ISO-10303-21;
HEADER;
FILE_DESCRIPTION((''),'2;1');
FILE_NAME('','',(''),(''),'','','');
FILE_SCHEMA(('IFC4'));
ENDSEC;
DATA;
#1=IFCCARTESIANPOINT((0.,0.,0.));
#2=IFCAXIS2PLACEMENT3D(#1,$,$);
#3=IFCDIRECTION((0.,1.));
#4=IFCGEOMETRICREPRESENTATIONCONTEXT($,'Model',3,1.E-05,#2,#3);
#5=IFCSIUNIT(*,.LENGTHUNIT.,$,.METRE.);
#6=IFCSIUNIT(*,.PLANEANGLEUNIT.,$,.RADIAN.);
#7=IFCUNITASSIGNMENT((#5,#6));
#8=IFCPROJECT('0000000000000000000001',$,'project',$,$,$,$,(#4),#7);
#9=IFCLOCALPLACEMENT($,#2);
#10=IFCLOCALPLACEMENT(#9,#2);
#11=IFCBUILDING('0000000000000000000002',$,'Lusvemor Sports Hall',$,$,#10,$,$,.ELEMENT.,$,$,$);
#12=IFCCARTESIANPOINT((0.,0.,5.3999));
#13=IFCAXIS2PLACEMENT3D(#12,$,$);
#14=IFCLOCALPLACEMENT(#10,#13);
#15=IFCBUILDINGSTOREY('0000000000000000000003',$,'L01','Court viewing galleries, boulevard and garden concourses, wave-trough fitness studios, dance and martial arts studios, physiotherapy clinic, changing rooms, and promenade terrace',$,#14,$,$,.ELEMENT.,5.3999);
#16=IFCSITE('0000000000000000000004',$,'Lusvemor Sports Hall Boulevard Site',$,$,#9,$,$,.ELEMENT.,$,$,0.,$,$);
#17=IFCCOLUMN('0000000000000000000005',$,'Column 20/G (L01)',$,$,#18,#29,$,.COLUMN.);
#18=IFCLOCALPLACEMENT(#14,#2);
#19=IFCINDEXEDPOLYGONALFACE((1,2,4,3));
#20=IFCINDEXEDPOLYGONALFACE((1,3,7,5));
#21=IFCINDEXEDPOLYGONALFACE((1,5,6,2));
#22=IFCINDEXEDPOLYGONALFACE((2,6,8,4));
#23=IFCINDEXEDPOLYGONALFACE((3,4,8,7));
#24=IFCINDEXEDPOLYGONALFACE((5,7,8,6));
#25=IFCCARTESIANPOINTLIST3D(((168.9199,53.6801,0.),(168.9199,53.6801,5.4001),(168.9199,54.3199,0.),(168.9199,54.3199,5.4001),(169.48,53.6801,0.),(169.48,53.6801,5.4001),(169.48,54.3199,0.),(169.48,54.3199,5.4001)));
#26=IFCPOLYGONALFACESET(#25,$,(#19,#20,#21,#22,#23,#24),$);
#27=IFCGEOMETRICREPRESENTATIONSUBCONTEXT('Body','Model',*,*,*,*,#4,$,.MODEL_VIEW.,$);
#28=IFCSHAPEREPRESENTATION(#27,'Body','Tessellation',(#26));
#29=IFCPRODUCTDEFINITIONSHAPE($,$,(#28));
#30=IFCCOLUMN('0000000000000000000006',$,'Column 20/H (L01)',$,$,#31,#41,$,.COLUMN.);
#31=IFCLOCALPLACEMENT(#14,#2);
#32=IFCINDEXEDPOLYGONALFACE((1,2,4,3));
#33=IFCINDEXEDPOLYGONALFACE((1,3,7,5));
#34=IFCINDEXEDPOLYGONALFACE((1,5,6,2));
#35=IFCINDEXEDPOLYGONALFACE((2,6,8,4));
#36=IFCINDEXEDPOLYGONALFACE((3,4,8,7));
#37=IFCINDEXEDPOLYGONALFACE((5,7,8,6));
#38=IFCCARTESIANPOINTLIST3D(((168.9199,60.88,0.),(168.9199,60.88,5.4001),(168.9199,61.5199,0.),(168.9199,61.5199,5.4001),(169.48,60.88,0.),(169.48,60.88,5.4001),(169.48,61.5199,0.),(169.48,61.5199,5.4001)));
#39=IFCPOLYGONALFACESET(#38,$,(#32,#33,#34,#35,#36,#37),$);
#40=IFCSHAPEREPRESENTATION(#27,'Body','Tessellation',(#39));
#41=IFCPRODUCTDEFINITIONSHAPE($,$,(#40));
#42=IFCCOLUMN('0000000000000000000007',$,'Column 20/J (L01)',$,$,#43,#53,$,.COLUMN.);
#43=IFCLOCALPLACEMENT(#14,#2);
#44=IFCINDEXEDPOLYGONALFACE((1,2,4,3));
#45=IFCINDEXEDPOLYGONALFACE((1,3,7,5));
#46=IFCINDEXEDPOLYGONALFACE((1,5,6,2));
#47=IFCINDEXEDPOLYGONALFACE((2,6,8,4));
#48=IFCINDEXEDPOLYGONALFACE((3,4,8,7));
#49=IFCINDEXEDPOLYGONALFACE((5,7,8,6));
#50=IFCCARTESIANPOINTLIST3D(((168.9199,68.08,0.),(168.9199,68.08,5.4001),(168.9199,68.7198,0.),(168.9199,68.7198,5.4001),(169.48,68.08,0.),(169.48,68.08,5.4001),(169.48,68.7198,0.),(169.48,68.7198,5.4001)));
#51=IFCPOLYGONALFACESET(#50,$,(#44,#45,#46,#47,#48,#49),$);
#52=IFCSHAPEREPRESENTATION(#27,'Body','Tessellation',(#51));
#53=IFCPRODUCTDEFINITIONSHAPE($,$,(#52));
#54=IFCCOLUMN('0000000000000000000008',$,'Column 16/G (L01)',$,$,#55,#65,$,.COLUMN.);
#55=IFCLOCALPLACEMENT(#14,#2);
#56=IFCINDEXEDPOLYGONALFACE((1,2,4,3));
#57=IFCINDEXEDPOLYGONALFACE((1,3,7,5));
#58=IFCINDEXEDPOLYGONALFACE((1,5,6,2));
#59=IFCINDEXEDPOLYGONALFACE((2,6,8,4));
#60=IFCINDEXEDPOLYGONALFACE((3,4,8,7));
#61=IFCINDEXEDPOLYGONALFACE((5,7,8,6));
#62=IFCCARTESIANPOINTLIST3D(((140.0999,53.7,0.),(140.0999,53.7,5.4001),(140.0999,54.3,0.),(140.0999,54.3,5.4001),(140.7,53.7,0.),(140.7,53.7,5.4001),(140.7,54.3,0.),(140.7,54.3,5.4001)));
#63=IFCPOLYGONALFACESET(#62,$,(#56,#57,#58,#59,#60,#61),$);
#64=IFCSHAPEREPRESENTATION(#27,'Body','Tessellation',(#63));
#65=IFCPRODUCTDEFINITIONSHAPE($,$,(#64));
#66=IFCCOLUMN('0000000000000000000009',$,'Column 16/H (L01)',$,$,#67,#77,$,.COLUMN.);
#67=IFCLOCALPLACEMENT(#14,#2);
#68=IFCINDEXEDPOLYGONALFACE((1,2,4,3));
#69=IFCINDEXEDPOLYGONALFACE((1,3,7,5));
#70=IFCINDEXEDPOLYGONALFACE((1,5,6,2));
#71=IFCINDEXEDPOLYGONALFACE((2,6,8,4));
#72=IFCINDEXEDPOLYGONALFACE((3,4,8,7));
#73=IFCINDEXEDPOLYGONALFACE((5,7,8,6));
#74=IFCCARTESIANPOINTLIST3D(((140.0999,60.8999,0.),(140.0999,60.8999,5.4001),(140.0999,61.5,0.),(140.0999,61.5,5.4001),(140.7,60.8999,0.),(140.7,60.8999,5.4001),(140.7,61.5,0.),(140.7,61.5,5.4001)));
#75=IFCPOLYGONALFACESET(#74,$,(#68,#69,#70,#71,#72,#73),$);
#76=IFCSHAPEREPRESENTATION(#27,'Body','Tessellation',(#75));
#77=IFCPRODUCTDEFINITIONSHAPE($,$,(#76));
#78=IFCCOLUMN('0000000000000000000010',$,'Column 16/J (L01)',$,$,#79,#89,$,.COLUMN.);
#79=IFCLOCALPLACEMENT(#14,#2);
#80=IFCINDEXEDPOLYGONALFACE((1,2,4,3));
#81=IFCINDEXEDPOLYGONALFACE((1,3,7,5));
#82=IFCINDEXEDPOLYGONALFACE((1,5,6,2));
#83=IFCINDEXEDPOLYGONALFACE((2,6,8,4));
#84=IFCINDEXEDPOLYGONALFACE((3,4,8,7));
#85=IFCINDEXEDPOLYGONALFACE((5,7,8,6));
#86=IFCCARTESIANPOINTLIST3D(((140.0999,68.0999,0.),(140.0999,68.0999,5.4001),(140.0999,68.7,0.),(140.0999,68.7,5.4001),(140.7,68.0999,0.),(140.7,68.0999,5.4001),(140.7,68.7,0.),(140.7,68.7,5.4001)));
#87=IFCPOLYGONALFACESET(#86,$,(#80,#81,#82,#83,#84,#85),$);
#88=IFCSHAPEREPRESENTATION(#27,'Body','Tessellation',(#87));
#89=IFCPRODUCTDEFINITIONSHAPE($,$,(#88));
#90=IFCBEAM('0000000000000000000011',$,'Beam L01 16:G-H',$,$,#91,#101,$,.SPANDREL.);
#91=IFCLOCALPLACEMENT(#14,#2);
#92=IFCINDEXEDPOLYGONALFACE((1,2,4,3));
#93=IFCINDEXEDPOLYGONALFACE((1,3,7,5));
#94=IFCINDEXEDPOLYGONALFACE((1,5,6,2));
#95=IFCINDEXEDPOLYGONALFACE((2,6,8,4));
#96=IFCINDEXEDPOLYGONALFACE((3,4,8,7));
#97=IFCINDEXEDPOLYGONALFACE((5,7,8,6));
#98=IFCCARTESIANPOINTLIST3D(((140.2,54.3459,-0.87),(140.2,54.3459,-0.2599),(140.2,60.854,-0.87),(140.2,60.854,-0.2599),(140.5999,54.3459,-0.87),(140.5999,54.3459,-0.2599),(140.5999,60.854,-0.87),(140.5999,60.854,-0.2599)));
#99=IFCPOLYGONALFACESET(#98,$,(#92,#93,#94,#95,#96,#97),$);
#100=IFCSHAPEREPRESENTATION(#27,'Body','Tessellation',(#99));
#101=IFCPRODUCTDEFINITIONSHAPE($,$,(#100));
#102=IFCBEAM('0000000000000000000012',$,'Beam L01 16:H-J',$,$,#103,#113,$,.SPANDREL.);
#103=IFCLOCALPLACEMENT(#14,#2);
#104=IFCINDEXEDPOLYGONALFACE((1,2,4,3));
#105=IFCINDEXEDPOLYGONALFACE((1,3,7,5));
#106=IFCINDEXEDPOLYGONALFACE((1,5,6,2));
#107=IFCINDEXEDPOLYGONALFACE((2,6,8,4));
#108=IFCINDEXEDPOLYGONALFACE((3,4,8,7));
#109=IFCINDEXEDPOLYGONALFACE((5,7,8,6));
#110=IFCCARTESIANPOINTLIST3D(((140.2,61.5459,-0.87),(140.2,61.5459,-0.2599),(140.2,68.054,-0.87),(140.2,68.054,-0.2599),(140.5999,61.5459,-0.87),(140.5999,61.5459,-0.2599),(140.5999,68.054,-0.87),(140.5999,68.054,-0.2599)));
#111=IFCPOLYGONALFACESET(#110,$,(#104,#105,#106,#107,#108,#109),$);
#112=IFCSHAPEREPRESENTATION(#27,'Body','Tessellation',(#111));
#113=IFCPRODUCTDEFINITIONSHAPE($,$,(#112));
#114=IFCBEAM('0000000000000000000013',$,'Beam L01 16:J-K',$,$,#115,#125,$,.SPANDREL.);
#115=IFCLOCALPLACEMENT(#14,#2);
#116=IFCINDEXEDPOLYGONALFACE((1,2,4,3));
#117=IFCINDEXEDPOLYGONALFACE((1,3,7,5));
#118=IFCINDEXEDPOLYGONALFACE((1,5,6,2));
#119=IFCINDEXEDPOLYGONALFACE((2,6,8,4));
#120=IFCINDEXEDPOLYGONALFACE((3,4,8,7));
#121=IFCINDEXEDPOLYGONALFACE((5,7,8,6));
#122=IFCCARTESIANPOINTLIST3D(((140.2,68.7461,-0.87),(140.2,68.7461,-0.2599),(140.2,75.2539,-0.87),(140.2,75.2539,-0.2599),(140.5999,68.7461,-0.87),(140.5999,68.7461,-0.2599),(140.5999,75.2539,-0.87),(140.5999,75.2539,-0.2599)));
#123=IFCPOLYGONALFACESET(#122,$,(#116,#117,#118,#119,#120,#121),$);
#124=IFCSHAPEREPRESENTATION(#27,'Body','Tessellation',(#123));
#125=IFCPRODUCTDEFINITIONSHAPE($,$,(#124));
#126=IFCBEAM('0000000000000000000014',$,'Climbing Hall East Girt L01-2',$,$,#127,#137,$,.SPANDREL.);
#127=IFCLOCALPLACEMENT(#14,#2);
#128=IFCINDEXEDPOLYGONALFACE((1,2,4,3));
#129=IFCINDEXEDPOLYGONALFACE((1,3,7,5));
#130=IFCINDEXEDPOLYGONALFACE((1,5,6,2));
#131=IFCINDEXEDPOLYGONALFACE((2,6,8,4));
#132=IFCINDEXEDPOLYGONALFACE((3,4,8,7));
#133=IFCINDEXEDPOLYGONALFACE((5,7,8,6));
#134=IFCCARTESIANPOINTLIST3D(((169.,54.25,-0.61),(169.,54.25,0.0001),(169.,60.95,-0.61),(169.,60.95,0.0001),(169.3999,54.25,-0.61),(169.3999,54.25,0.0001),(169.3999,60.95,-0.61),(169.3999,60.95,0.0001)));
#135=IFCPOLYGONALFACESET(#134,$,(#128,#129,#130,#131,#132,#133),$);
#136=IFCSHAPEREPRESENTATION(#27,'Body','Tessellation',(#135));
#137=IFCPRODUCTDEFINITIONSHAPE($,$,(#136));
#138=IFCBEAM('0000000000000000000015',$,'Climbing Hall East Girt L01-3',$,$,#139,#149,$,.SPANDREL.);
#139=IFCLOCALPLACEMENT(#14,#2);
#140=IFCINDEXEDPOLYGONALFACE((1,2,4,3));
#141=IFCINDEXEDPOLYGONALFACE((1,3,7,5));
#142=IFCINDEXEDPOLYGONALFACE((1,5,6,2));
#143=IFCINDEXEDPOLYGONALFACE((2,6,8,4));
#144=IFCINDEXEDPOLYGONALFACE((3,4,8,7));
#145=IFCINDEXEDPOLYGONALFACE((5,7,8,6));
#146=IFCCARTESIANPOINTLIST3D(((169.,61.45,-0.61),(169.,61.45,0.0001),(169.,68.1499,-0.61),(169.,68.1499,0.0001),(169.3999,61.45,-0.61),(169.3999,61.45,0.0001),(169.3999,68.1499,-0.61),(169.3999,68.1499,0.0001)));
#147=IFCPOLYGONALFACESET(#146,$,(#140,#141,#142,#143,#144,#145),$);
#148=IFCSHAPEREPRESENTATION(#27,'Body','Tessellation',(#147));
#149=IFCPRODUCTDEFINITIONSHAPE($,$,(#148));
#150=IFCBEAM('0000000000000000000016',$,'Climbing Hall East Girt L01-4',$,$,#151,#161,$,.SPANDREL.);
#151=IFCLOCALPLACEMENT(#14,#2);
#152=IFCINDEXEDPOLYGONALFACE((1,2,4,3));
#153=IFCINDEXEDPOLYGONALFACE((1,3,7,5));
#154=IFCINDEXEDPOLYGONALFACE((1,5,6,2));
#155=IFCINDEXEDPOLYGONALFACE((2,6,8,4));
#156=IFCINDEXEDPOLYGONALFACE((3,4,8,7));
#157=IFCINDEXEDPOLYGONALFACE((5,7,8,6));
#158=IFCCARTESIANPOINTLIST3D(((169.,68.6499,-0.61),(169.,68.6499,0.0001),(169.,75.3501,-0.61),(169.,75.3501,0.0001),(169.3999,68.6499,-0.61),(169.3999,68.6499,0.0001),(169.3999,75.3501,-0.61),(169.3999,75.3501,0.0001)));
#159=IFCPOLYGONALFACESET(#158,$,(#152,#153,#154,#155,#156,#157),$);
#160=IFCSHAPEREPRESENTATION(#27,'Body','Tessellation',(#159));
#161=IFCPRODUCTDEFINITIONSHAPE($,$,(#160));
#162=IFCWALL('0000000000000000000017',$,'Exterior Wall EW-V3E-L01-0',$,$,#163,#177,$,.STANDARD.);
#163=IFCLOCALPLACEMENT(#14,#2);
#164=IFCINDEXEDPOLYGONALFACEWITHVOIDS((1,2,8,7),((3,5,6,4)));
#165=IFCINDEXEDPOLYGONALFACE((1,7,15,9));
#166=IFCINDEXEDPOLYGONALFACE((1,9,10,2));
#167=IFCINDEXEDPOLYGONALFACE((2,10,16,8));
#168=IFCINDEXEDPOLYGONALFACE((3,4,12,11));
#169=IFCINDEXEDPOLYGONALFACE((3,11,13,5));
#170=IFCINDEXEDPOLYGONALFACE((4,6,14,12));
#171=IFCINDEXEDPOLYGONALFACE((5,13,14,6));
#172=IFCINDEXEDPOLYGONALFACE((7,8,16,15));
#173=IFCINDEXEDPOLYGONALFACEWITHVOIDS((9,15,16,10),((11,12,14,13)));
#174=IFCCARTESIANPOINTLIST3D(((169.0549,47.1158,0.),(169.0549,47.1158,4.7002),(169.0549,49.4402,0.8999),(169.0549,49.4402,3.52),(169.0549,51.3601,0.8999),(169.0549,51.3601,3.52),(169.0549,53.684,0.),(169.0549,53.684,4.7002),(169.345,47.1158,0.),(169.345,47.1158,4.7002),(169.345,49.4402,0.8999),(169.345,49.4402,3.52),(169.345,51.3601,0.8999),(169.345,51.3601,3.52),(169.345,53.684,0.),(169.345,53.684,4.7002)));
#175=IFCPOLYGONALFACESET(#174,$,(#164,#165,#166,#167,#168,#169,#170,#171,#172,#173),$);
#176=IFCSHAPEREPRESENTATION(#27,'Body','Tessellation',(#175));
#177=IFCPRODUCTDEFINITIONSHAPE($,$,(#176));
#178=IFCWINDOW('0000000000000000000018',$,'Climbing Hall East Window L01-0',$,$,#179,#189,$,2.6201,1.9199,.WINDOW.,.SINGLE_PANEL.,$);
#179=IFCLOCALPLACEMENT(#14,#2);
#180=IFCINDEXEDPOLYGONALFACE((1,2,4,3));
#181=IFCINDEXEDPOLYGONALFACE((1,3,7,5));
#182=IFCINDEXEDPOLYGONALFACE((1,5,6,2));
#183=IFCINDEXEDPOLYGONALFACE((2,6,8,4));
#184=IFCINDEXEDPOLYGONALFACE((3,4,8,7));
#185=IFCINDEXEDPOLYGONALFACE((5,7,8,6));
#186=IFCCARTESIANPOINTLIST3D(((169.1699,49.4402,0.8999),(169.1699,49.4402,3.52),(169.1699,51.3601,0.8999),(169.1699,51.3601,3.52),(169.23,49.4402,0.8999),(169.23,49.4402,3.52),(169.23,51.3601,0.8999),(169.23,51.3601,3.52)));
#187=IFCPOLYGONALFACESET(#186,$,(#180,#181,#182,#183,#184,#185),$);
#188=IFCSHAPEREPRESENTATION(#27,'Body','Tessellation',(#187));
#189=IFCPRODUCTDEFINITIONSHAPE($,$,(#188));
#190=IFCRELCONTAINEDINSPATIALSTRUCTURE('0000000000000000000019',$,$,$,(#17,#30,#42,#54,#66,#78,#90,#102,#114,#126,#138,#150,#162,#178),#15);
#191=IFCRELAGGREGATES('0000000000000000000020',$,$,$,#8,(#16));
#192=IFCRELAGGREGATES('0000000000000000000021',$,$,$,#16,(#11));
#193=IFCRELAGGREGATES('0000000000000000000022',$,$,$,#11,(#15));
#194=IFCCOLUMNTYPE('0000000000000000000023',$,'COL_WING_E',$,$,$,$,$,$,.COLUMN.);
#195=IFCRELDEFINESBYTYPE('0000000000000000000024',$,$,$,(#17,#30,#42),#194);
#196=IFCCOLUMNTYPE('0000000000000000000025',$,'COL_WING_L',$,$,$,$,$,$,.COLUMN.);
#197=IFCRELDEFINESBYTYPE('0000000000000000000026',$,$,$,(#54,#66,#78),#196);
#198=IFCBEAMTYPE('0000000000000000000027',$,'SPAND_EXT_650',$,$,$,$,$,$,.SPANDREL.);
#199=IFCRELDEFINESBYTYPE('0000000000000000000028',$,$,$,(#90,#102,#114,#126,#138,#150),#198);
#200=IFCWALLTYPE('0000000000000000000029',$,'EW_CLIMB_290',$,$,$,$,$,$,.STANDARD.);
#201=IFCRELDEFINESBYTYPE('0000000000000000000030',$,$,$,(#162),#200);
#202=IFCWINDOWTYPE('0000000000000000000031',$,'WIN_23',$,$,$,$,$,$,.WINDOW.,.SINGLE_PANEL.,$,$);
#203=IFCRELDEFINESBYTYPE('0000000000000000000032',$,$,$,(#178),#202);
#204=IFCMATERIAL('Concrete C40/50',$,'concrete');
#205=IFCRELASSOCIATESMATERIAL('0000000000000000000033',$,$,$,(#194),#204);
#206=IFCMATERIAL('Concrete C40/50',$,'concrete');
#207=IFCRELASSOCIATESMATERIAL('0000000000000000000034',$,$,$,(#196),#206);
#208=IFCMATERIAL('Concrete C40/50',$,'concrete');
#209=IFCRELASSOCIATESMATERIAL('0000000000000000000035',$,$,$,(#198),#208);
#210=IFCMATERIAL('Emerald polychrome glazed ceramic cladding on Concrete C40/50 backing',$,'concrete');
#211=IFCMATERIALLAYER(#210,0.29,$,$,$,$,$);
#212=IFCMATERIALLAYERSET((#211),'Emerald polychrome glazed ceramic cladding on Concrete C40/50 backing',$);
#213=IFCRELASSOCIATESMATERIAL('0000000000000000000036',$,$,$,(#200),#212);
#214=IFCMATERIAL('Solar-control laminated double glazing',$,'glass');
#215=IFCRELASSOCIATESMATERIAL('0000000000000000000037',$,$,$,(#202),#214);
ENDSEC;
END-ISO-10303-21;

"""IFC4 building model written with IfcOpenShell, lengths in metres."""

from ifc_helpers import new_model, si_unit, direction, frame, frame_2d, origin, origin_2d, place, context, subcontext, project, spatial, rectangle, extrude, material, layer, layer_set, material_profile, profile_set, type_object, element, fill, save


model = new_model("IFC4")

# Units and contexts
model_context = context("Model", 3, precision=1e-05, world=origin(), true_north=direction((0.0, 1.0)))
body_context = subcontext(model_context, "Body", "Model", "MODEL_VIEW")
ifc_project = project(units=[si_unit("LENGTHUNIT", "METRE"), si_unit("PLANEANGLEUNIT", "RADIAN")], contexts=[model_context])

# Site, building, storey
site_placement = place(None, origin())
site = spatial("IfcSite", under=ifc_project, at=site_placement, Name="Lusvemor Sports Hall Boulevard Site", CompositionType="ELEMENT", RefElevation=0.0)
building_placement = place(site_placement, origin())
building = spatial("IfcBuilding", under=site, at=building_placement, Name="Lusvemor Sports Hall", CompositionType="ELEMENT")
storey_placement = place(building_placement, frame((0.0, 0.0, 5.3999)))
storey = spatial("IfcBuildingStorey", under=building, at=storey_placement, Name="L01", Description="Court viewing galleries, boulevard and garden concourses, wave-trough fitness studios, dance and martial arts studios, physiotherapy clinic, changing rooms, and promenade terrace", CompositionType="ELEMENT", Elevation=5.3999)

# Columns
ifc_material_1 = material(Name="Concrete C40/50", Category="concrete")
ifc_material_profile_1 = material_profile(ifc_material_1, rectangle(XDim=0.5601, YDim=0.6399, at=origin_2d()), Name="RC560x640")
ifc_profile_set_1 = profile_set([ifc_material_profile_1], Name="Concrete C40/50")
column_type_1 = type_object("IfcColumnType", Name="COL_WING_E", PredefinedType="COLUMN", material=ifc_profile_set_1)
for number, where, z_axis, x_axis, name in (
    (1, (169.2, 54.0, 0.0), (0.0, 0.0, 1.0), (1.0, 0.0, 0.0), "Column 20/G (L01)"),
    (2, (169.2, 61.2, 0.0), (0.0, 0.0, 1.0), (1.0, 0.0, 0.0), "Column 20/H (L01)"),
    (3, (169.2, 68.3999, 0.0), (0.0, 0.0, 1.0), (1.0, 0.0, 0.0), "Column 20/J (L01)"),
):
    element("IfcColumn", number, at=place(storey_placement, frame(where, z_axis=z_axis, x_axis=x_axis)), inside=storey, type_object=column_type_1, Name=name, PredefinedType="COLUMN", context=body_context, shape_type="SweptSolid", body=[
        extrude(rectangle(XDim=0.5601, YDim=0.6399, at=origin_2d()), origin(), (0.0, 0.0, 1.0), 5.4001),
    ])
ifc_material_2 = material(Name="Concrete C40/50", Category="concrete")
ifc_material_profile_2 = material_profile(ifc_material_2, rectangle(XDim=0.6001, YDim=0.6001, at=origin_2d()), Name="RC600x600")
ifc_profile_set_2 = profile_set([ifc_material_profile_2], Name="Concrete C40/50")
column_type_2 = type_object("IfcColumnType", Name="COL_WING_L", PredefinedType="COLUMN", material=ifc_profile_set_2)
for number, where, z_axis, x_axis, name in (
    (4, (140.3999, 54.0, 0.0), (0.0, 0.0, 1.0), (1.0, 0.0, 0.0), "Column 16/G (L01)"),
    (5, (140.3999, 61.2, 0.0), (0.0, 0.0, 1.0), (1.0, 0.0, 0.0), "Column 16/H (L01)"),
    (6, (140.3999, 68.3999, 0.0), (0.0, 0.0, 1.0), (1.0, 0.0, 0.0), "Column 16/J (L01)"),
):
    element("IfcColumn", number, at=place(storey_placement, frame(where, z_axis=z_axis, x_axis=x_axis)), inside=storey, type_object=column_type_2, Name=name, PredefinedType="COLUMN", context=body_context, shape_type="SweptSolid", body=[
        extrude(rectangle(XDim=0.6001, YDim=0.6001, at=origin_2d()), origin(), (0.0, 0.0, 1.0), 5.4001),
    ])

# Beams
ifc_material_3 = material(Name="Concrete C40/50", Category="concrete")
ifc_material_profile_3 = material_profile(ifc_material_3, rectangle(XDim=0.3999, YDim=0.6101, at=origin_2d()), Name="RC400x610")
ifc_profile_set_3 = profile_set([ifc_material_profile_3], Name="Concrete C40/50")
beam_type = type_object("IfcBeamType", Name="SPAND_EXT_650", PredefinedType="SPANDREL", material=ifc_profile_set_3)
for number, where, z_axis, x_axis, name in (
    (7, (140.3999, 54.3459, -0.5649), (0.0, 1.0, 0.0), (-1.0, 0.0, 0.0), "Beam L01 16:G-H"),
    (8, (140.3999, 61.5459, -0.5649), (0.0, 1.0, 0.0), (-1.0, 0.0, 0.0), "Beam L01 16:H-J"),
):
    element("IfcBeam", number, at=place(storey_placement, frame(where, z_axis=z_axis, x_axis=x_axis)), inside=storey, type_object=beam_type, Name=name, PredefinedType="SPANDREL", context=body_context, shape_type="SweptSolid", body=[
        extrude(rectangle(XDim=0.3999, YDim=0.6101, at=origin_2d()), origin(), (0.0, 0.0, 1.0), 6.5081),
    ])
beam_1_placement = place(storey_placement, frame((140.3999, 68.7461, -0.5649), z_axis=(0.0, 1.0, 0.0), x_axis=(-1.0, 0.0, 0.0)))
element("IfcBeam", 9, at=beam_1_placement, inside=storey, type_object=beam_type, Name="Beam L01 16:J-K", PredefinedType="SPANDREL", context=body_context, shape_type="SweptSolid", body=[
    extrude(rectangle(XDim=0.3999, YDim=0.6101, at=origin_2d()), origin(), (0.0, 0.0, 1.0), 6.5078),
])
for number, where, z_axis, x_axis, name in (
    (10, (169.2, 54.25, -0.3049), (0.0, 1.0, 0.0), (-1.0, 0.0, 0.0), "Climbing Hall East Girt L01-2"),
    (11, (169.2, 61.45, -0.3049), (0.0, 1.0, 0.0), (-1.0, 0.0, 0.0), "Climbing Hall East Girt L01-3"),
):
    element("IfcBeam", number, at=place(storey_placement, frame(where, z_axis=z_axis, x_axis=x_axis)), inside=storey, type_object=beam_type, Name=name, PredefinedType="SPANDREL", context=body_context, shape_type="SweptSolid", body=[
        extrude(rectangle(XDim=0.3999, YDim=0.6101, at=origin_2d()), origin(), (0.0, 0.0, 1.0), 6.7),
    ])
beam_2_placement = place(storey_placement, frame((169.2, 68.6499, -0.3049), z_axis=(0.0, 1.0, 0.0), x_axis=(-1.0, 0.0, 0.0)))
element("IfcBeam", 12, at=beam_2_placement, inside=storey, type_object=beam_type, Name="Climbing Hall East Girt L01-4", PredefinedType="SPANDREL", context=body_context, shape_type="SweptSolid", body=[
    extrude(rectangle(XDim=0.3999, YDim=0.6101, at=origin_2d()), origin(), (0.0, 0.0, 1.0), 6.7002),
])

# Wall, opening, window
ifc_material_4 = material(Name="Emerald polychrome glazed ceramic cladding on Concrete C40/50 backing", Category="concrete")
ifc_layer_1 = layer(ifc_material_4, 0.29)
ifc_layer_set_1 = layer_set([ifc_layer_1], Name="Emerald polychrome glazed ceramic cladding on Concrete C40/50 backing")
wall_type = type_object("IfcWallType", Name="EW_CLIMB_290", PredefinedType="STANDARD", material=ifc_layer_set_1)
wall_1_placement = place(storey_placement, frame((169.2, 53.6841, 0.0), z_axis=(0.0, 0.0, 1.0), x_axis=(0.0, -1.0, 0.0)))
wall_1 = element("IfcWall", 13, at=wall_1_placement, inside=storey, type_object=wall_type, Name="Exterior Wall EW-V3E-L01-0", PredefinedType="STANDARD", context=body_context, shape_type="SweptSolid", body=[
    extrude(rectangle(XDim=6.5681, YDim=0.29, at=frame_2d((3.2842, 0.0))), origin(), (0.0, 0.0, 1.0), 4.7002),
])
opening_1_placement = place(wall_1_placement, frame((2.324, 0.0, 0.8999)))
opening_1 = element("IfcOpeningElement", 14, at=opening_1_placement, cuts=wall_1, PredefinedType="OPENING", context=body_context, shape_type="SweptSolid", body=[
    extrude(rectangle(XDim=1.9199, YDim=2.6201, at=frame_2d((0.96, 1.3101))), frame((0.0, 0.145, 0.0), z_axis=(0.0, -1.0, 0.0), x_axis=(1.0, 0.0, 0.0)), (0.0, 0.0, 1.0), 0.29),
])
ifc_material_5 = material(Name="Solar-control laminated double glazing", Category="glass")
window_type = type_object("IfcWindowType", Name="WIN_23", PartitioningType="SINGLE_PANEL", PredefinedType="WINDOW", material=ifc_material_5)
window_1_placement = place(opening_1_placement, origin())
window_1 = element("IfcWindow", 15, at=window_1_placement, inside=storey, type_object=window_type, Name="Climbing Hall East Window L01-0", OverallHeight=2.6201, OverallWidth=1.9199, PartitioningType="SINGLE_PANEL", PredefinedType="WINDOW", context=body_context, shape_type="SweptSolid", body=[
    extrude(rectangle(XDim=1.9199, YDim=2.6201, at=frame_2d((0.96, 1.3101))), frame((0.0, 0.03, 0.0), z_axis=(0.0, -1.0, 0.0), x_axis=(1.0, 0.0, 0.0)), (0.0, 0.0, 1.0), 0.0601),
])
fill(opening_1, window_1)

save(model, "model.ifc")
